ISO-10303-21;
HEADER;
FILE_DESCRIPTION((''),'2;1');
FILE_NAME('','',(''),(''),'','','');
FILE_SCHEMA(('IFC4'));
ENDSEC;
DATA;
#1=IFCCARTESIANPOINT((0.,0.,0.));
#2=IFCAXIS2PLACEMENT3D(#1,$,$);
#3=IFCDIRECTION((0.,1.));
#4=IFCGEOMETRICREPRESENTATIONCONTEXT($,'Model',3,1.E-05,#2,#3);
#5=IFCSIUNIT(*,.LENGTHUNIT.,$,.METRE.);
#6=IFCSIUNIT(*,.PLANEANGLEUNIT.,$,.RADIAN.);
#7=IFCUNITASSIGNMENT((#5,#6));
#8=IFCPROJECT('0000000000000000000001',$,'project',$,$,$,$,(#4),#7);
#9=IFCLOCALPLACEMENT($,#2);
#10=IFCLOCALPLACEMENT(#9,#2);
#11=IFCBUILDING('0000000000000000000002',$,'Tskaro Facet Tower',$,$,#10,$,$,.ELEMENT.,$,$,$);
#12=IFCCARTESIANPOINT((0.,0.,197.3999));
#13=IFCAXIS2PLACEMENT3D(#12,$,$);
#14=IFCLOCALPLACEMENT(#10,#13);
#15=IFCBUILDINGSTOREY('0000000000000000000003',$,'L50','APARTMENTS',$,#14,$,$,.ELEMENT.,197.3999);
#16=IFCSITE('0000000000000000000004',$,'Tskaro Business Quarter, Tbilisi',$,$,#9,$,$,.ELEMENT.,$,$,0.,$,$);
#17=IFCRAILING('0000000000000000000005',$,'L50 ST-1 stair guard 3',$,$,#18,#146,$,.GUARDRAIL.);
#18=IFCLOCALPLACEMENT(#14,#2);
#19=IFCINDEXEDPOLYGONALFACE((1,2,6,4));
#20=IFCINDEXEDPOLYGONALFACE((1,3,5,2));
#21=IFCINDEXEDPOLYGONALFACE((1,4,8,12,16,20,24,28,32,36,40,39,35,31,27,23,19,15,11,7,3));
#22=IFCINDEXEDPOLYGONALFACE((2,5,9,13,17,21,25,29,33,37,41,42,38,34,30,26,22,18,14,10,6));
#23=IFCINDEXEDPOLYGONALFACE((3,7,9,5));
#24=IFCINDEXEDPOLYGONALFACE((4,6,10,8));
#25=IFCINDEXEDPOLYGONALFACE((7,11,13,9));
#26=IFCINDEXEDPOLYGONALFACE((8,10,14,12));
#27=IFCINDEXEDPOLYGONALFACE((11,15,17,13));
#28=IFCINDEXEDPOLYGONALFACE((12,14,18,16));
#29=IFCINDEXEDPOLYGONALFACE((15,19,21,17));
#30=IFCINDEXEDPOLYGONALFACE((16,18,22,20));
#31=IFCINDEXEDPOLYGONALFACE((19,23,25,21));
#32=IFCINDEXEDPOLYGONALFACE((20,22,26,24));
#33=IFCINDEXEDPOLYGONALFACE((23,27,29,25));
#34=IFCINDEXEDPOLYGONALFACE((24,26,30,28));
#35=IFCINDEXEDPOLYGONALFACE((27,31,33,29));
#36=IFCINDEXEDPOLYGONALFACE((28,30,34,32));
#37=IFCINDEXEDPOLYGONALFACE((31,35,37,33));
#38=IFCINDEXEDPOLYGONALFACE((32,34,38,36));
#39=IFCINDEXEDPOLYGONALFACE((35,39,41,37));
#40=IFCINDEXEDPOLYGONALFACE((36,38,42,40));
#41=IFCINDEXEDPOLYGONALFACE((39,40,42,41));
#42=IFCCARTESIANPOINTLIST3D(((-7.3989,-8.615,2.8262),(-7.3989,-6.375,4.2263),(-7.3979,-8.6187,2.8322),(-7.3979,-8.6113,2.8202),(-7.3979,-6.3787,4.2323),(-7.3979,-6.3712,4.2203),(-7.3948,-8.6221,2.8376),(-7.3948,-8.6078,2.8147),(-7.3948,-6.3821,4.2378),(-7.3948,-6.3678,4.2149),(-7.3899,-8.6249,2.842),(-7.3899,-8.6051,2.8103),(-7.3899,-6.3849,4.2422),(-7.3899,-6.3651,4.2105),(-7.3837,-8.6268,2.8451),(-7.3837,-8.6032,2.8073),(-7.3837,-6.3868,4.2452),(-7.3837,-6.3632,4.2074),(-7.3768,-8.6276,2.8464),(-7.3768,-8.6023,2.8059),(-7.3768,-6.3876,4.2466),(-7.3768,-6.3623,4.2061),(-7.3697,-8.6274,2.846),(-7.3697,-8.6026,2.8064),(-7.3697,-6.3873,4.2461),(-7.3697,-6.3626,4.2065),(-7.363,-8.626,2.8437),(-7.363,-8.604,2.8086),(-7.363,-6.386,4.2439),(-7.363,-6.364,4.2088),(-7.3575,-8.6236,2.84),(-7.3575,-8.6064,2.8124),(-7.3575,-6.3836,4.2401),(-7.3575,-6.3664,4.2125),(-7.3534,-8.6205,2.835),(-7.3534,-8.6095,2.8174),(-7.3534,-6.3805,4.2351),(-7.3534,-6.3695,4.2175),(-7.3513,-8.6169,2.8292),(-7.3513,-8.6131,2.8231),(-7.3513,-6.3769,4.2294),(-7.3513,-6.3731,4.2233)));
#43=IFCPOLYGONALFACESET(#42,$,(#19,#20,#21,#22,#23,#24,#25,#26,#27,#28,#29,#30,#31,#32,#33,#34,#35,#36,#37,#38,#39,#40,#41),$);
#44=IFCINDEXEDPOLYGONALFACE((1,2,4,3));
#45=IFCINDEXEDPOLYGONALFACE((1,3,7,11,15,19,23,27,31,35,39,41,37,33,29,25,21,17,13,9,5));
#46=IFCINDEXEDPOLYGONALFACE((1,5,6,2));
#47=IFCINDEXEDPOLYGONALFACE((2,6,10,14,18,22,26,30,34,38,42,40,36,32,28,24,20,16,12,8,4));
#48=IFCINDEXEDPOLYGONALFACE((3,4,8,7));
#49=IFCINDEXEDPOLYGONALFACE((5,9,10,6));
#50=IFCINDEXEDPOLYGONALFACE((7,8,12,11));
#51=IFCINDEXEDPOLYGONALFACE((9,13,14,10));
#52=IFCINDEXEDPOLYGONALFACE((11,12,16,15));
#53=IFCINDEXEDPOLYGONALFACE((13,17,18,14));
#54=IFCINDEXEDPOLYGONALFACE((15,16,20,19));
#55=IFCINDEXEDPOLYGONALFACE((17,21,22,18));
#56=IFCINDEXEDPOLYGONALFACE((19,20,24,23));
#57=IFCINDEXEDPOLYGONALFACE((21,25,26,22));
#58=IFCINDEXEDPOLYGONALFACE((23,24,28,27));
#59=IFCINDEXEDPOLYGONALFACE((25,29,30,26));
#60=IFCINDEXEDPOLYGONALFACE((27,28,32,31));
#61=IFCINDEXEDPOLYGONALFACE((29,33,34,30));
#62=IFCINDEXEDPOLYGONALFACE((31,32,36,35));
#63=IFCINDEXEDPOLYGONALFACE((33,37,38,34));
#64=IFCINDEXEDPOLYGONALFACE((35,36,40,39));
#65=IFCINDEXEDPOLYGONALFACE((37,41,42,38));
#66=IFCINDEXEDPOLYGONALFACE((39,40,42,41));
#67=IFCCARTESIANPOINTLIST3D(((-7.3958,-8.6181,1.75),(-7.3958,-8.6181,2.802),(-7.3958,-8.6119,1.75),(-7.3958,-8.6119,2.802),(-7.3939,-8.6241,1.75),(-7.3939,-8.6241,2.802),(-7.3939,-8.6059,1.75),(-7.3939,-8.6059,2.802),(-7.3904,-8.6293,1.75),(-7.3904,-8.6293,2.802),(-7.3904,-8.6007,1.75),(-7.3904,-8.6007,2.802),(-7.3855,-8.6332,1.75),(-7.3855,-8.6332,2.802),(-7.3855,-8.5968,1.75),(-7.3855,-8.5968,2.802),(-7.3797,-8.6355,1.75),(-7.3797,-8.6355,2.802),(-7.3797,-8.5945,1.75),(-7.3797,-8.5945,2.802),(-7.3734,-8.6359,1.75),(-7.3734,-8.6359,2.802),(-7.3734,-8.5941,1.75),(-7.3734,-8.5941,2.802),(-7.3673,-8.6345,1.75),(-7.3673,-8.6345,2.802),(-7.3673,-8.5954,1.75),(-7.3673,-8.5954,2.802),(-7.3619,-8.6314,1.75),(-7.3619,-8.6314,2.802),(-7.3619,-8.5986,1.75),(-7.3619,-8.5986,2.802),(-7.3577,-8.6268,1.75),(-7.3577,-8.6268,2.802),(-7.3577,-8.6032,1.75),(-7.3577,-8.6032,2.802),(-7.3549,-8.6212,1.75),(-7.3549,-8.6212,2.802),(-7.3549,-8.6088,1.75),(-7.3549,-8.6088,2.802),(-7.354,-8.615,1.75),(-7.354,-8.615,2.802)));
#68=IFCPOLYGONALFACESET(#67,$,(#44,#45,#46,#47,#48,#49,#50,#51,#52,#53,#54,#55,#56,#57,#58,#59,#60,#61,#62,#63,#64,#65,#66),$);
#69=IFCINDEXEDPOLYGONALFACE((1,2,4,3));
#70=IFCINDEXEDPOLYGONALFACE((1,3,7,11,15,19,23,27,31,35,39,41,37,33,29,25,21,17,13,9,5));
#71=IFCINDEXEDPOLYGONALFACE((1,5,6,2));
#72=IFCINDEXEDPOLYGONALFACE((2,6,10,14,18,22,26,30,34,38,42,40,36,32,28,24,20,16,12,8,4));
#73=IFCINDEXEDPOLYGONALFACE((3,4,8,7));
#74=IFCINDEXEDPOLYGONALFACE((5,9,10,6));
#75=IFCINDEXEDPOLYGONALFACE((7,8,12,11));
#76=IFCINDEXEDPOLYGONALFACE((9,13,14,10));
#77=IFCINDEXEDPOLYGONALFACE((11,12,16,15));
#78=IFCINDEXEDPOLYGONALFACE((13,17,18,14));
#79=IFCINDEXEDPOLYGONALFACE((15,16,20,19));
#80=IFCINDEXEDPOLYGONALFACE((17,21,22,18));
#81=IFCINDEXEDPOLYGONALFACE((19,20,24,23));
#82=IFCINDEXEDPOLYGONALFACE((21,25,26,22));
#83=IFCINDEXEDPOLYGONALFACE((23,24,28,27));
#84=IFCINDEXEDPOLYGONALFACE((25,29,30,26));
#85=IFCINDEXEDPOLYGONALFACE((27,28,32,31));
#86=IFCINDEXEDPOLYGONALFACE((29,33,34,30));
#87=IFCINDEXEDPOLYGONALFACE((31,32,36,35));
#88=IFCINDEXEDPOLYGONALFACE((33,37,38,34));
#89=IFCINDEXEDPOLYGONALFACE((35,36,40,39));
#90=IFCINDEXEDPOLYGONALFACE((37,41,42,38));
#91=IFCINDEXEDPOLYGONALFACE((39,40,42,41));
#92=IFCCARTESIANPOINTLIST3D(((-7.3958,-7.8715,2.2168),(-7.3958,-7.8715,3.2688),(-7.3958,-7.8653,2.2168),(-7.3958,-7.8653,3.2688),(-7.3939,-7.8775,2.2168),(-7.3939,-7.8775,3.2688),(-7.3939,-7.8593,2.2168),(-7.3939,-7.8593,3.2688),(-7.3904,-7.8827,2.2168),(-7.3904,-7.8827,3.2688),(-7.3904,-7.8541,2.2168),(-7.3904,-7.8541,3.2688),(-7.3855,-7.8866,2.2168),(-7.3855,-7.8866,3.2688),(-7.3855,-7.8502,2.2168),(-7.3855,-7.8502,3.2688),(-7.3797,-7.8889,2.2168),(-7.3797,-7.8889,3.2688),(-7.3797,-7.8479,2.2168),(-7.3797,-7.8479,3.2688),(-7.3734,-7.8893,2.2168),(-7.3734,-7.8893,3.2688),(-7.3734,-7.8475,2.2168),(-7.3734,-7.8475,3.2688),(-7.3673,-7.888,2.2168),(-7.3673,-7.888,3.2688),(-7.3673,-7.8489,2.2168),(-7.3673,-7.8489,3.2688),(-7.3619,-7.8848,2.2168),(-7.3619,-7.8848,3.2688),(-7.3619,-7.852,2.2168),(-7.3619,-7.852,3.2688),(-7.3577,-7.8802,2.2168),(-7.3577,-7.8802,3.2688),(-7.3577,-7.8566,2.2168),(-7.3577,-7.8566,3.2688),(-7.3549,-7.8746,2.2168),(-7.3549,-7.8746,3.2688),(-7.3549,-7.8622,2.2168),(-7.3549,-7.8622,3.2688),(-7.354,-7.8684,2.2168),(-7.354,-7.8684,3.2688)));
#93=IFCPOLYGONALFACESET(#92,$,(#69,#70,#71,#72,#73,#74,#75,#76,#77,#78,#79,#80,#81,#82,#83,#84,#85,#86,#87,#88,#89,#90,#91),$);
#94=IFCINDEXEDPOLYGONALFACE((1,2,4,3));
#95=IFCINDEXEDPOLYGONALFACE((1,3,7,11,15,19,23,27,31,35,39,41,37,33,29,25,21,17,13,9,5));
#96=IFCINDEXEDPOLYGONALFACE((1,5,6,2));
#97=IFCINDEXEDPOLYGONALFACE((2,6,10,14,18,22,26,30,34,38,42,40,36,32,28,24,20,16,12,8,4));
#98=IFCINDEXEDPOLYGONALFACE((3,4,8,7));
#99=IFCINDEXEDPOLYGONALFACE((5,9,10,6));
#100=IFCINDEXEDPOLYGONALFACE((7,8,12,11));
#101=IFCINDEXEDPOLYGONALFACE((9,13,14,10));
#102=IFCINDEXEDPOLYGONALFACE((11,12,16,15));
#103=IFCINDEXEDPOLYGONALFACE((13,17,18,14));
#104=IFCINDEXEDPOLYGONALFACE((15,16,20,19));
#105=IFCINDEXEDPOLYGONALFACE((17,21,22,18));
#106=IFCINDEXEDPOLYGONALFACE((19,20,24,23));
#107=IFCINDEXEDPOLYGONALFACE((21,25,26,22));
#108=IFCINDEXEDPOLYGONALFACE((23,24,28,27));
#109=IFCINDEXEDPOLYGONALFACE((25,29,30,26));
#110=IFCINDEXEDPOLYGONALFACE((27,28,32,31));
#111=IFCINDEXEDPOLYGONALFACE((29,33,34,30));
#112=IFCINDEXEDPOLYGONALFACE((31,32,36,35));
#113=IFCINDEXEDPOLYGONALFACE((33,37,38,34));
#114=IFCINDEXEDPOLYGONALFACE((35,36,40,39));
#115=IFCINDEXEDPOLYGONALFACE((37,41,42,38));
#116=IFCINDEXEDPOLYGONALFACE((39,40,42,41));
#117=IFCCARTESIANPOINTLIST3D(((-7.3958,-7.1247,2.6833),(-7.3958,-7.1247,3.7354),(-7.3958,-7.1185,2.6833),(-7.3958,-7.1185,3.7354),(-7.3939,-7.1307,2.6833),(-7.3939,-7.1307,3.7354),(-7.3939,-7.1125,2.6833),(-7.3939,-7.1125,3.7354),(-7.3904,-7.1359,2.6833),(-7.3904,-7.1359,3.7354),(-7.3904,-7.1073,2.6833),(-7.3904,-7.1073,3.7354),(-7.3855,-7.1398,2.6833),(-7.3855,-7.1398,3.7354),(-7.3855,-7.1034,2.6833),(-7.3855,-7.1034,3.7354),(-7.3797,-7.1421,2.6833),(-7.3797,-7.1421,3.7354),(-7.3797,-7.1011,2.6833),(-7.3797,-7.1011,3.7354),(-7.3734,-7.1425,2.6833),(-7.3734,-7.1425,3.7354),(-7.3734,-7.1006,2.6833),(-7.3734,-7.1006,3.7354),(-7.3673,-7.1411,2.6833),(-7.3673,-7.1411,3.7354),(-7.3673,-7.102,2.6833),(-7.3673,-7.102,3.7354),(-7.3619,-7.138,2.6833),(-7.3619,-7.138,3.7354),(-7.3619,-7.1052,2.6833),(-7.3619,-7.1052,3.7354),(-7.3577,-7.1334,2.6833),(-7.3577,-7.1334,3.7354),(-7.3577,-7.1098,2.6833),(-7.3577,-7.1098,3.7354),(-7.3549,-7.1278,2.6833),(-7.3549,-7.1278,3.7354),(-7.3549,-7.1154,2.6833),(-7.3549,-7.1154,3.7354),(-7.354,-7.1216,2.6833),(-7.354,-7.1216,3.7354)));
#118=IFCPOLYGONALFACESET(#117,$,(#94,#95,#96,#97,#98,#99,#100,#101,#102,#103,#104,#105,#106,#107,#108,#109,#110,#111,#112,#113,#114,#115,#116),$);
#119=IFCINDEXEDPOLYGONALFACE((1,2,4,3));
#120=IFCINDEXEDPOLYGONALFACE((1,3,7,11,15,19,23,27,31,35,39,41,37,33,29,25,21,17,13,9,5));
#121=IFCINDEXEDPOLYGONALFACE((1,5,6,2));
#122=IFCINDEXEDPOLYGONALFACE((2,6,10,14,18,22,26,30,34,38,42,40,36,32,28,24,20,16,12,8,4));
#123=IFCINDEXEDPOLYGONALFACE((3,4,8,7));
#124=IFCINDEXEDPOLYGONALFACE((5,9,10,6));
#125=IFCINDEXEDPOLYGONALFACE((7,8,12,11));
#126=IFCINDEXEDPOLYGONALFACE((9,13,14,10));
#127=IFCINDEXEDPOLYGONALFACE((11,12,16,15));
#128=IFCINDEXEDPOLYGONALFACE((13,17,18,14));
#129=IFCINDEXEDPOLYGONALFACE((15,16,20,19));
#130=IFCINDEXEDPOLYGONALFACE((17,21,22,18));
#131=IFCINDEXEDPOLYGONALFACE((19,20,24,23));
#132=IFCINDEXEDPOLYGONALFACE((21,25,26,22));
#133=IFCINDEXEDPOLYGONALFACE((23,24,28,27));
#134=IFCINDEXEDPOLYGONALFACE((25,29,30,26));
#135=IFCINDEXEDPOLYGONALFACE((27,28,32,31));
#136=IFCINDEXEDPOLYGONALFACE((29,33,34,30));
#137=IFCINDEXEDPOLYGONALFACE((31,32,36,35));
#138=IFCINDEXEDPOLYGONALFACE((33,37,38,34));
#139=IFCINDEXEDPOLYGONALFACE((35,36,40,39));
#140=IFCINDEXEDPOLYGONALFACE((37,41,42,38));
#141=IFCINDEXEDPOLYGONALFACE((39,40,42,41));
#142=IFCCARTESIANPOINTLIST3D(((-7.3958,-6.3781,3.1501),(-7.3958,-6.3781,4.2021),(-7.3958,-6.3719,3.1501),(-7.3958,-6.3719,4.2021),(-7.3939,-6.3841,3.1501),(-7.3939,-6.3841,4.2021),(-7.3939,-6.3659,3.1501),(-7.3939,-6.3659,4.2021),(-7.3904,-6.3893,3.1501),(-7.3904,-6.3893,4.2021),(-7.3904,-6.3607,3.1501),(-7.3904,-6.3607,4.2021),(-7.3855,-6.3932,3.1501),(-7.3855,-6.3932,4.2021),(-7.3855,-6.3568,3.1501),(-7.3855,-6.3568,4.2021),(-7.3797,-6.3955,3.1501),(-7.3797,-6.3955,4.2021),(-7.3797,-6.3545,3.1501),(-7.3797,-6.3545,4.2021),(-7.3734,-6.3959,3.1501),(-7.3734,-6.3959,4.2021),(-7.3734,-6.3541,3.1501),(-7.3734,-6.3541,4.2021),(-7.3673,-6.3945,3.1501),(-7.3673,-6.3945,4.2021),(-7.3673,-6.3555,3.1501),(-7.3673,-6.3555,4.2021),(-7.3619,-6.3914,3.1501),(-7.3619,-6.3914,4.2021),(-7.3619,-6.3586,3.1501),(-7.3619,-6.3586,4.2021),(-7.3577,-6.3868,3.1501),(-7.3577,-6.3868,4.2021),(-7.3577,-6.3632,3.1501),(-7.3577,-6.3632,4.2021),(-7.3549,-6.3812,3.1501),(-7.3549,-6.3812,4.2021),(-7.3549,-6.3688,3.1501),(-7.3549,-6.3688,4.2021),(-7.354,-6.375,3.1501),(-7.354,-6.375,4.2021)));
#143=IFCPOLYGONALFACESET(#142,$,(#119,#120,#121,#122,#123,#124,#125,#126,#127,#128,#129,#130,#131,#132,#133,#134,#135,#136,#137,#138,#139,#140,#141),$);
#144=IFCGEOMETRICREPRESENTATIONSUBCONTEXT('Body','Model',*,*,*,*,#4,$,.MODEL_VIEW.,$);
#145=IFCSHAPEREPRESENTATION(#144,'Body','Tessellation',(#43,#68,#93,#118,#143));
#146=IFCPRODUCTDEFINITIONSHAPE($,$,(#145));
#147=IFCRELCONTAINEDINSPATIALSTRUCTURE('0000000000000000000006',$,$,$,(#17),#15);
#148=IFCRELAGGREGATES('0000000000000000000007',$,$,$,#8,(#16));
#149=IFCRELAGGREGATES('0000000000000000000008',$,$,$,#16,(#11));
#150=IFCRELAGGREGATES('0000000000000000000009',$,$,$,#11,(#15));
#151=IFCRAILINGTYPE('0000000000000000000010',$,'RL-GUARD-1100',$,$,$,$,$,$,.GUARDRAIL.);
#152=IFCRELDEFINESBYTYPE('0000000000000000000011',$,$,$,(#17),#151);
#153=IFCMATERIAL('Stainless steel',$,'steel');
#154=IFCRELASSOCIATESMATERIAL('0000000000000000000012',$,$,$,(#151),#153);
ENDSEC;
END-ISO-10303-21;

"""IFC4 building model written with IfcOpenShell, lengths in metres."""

from ifc_helpers import new_model, si_unit, direction, frame, origin, origin_2d, place, context, subcontext, project, spatial, circle, extrude, material, type_object, element, save


model = new_model("IFC4")

# Units and contexts
model_context = context("Model", 3, precision=1e-05, world=origin(), true_north=direction((0.0, 1.0)))
body_context = subcontext(model_context, "Body", "Model", "MODEL_VIEW")
ifc_project = project(units=[si_unit("LENGTHUNIT", "METRE"), si_unit("PLANEANGLEUNIT", "RADIAN")], contexts=[model_context])

# Site, building, storey
site_placement = place(None, origin())
site = spatial("IfcSite", under=ifc_project, at=site_placement, Name="Tskaro Business Quarter, Tbilisi", CompositionType="ELEMENT", RefElevation=0.0)
building_placement = place(site_placement, origin())
building = spatial("IfcBuilding", under=site, at=building_placement, Name="Tskaro Facet Tower", CompositionType="ELEMENT")
storey_placement = place(building_placement, frame((0.0, 0.0, 197.3999)))
storey = spatial("IfcBuildingStorey", under=building, at=storey_placement, Name="L50", Description="APARTMENTS", CompositionType="ELEMENT", Elevation=197.3999)

# Shared definitions
ifc_material_1 = material(Name="Stainless steel", Category="steel")

# Railing
railing_type_1 = type_object("IfcRailingType", Name="RL-GUARD-1100", PredefinedType="GUARDRAIL", material=ifc_material_1)
railing_1_placement = place(storey_placement, frame((-7.375, -8.615, 1.75)))
element("IfcRailing", 1, at=railing_1_placement, inside=storey, type_object=railing_type_1, Name="L50 ST-1 stair guard 3", PredefinedType="GUARDRAIL", context=body_context, shape_type="SweptSolid", body=[
    extrude(circle(Radius=0.0239, at=origin_2d()), frame((0.0, 0.0, 1.0762), z_axis=(0.0, 0.847972, 0.53004), x_axis=(-1.0, 0.0, 0.0)), (0.0, 0.0, 1.0), 2.6416),
    extrude(circle(Radius=0.021, at=origin_2d()), origin(), (0.0, 0.0, 1.0), 1.052),
    extrude(circle(Radius=0.021, at=origin_2d()), frame((0.0, 0.7466, 0.4668)), (0.0, 0.0, 1.0), 1.052),
    extrude(circle(Radius=0.021, at=origin_2d()), frame((0.0, 1.4934, 0.9333)), (0.0, 0.0, 1.0), 1.052),
    extrude(circle(Radius=0.021, at=origin_2d()), frame((0.0, 2.24, 1.4001)), (0.0, 0.0, 1.0), 1.052),
])

save(model, "model.ifc")
